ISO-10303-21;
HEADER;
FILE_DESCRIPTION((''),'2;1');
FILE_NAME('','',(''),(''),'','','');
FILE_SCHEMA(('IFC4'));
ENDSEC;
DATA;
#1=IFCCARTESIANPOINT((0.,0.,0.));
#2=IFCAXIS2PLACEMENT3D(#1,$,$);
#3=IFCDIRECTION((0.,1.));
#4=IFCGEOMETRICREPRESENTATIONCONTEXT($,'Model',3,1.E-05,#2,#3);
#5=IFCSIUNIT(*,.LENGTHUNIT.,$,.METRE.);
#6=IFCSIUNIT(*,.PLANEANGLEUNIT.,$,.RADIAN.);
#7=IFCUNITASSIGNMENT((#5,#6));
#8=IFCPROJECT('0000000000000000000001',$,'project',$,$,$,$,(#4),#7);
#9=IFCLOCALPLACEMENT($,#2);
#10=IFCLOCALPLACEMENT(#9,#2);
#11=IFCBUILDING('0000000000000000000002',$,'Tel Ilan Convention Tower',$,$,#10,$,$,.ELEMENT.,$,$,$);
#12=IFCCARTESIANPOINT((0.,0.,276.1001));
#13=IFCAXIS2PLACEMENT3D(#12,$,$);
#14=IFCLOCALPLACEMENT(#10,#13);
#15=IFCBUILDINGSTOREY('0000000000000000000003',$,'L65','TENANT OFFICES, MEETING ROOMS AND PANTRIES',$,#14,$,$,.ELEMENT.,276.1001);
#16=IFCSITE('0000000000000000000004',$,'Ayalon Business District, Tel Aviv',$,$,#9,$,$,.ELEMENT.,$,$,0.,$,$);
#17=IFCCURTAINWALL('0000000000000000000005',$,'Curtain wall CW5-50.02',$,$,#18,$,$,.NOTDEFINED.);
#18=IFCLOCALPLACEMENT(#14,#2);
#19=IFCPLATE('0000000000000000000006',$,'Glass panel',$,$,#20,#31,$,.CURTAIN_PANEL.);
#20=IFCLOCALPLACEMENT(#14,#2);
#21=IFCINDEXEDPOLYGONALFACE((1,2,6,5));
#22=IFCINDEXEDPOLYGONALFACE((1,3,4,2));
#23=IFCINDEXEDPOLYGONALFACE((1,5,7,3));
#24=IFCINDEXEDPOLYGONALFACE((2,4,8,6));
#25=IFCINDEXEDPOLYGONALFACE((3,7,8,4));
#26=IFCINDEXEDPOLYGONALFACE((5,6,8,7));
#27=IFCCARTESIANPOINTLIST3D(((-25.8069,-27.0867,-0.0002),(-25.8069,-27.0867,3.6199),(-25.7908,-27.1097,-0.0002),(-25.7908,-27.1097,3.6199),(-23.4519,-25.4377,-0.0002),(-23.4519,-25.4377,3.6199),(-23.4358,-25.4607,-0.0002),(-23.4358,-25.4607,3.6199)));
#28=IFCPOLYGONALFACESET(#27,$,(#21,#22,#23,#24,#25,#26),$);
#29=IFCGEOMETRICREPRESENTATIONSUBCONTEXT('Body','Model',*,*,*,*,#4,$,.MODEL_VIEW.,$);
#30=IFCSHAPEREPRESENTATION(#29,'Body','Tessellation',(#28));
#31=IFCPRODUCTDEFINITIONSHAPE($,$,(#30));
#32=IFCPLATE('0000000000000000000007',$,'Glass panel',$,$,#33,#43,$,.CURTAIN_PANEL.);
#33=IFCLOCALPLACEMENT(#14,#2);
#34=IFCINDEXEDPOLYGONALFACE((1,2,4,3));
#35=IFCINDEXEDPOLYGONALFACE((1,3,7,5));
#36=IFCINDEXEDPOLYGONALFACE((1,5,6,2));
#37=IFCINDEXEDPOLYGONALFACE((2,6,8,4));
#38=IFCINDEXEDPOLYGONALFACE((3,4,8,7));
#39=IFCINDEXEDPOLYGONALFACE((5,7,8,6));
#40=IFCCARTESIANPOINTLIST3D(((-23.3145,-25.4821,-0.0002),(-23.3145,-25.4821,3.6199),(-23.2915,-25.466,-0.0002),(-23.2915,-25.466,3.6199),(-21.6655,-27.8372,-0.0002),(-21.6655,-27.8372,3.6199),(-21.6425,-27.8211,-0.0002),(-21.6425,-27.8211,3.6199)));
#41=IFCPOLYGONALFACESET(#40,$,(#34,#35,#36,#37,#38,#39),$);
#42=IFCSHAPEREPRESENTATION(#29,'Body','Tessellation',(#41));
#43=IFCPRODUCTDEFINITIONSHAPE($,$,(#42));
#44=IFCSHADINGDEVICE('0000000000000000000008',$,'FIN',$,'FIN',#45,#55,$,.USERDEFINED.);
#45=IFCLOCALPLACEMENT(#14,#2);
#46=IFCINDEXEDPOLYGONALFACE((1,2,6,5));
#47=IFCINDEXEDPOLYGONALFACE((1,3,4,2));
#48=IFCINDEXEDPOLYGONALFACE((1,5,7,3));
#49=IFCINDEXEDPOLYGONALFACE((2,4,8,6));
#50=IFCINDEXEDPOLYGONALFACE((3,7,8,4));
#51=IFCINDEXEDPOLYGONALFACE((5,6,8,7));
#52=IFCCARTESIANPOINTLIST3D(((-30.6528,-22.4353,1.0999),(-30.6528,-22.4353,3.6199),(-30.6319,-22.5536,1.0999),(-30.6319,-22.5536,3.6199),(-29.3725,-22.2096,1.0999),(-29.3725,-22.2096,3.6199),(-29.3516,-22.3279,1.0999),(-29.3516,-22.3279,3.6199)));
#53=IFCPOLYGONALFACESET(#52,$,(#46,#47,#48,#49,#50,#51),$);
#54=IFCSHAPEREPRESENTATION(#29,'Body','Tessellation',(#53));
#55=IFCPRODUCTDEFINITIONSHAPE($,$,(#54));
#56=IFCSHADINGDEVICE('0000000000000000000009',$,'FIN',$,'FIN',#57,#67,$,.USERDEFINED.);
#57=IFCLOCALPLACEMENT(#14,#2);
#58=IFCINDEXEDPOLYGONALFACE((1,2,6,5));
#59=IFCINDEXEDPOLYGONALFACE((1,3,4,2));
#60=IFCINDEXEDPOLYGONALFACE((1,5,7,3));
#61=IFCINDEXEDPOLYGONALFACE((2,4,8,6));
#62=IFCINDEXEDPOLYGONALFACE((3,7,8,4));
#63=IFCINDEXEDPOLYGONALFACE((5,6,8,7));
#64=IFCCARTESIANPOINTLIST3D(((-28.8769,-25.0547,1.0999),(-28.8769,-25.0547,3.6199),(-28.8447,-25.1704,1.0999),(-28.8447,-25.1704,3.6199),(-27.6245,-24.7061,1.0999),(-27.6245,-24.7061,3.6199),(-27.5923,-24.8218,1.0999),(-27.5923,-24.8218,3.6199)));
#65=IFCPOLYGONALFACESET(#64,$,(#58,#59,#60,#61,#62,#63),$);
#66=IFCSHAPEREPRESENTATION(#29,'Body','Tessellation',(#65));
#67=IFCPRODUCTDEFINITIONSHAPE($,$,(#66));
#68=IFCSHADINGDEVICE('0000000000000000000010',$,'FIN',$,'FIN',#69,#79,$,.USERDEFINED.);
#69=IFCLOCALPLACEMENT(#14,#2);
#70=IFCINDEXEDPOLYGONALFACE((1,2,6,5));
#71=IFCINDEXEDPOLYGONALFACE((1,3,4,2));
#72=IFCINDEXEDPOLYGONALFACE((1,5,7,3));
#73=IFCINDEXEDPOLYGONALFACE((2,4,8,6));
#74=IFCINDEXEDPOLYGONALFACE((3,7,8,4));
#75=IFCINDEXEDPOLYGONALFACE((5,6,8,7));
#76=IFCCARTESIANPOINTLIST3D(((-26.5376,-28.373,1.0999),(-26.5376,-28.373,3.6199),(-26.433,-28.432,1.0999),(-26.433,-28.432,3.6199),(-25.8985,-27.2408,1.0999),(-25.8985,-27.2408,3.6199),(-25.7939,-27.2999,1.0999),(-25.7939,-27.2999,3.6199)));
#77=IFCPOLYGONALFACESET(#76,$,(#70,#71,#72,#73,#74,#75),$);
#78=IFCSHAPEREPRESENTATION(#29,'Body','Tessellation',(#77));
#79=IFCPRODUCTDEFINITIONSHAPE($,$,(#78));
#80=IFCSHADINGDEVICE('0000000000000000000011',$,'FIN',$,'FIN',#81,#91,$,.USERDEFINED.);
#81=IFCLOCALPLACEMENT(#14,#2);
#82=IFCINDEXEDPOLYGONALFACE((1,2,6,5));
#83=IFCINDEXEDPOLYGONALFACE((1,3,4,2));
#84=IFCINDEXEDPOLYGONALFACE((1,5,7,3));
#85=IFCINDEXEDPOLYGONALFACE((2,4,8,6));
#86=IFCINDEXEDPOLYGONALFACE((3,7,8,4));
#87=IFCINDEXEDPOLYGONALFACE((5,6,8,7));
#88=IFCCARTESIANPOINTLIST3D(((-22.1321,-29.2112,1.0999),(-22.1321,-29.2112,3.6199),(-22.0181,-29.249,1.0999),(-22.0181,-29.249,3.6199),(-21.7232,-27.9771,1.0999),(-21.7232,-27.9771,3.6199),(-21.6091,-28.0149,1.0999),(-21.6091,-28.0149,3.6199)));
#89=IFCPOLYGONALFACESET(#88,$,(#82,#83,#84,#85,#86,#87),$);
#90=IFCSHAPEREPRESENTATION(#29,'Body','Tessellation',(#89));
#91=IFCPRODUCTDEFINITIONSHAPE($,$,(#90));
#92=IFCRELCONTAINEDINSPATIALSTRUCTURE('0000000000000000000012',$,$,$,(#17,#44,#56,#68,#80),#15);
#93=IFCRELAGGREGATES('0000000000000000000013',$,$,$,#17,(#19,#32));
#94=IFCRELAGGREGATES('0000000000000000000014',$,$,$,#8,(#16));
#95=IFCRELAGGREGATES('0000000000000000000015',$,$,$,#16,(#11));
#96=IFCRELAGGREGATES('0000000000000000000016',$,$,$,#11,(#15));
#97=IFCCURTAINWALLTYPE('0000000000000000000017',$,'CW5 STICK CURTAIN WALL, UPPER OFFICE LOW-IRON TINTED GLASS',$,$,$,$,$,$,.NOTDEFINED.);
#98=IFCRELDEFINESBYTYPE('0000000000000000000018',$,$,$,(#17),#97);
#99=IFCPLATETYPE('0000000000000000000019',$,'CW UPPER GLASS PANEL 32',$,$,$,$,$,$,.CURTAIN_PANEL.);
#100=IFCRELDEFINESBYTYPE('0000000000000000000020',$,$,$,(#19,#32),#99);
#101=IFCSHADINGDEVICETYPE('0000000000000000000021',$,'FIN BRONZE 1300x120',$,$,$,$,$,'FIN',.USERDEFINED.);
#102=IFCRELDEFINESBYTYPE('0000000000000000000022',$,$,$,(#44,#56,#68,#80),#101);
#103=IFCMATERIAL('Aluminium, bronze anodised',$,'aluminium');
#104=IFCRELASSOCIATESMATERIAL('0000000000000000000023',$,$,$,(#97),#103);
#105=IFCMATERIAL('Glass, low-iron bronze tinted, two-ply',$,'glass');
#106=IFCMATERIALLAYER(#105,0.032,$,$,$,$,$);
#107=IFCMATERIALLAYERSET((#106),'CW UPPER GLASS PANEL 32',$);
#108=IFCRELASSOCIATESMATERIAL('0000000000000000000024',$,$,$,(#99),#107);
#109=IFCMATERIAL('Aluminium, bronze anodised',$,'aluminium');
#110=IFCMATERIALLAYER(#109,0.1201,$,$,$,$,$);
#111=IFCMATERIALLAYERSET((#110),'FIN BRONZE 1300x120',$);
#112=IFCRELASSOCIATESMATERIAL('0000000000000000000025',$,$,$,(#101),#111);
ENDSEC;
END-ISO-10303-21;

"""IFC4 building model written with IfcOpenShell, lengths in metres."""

from ifc_helpers import new_model, si_unit, direction, frame, origin, origin_2d, place, context, subcontext, project, spatial, rectangle, extrude, material, layer, layer_set, type_object, element, aggregate, save


model = new_model("IFC4")

# Units and contexts
model_context = context("Model", 3, precision=1e-05, world=origin(), true_north=direction((0.0, 1.0)))
body_context = subcontext(model_context, "Body", "Model", "MODEL_VIEW")
ifc_project = project(units=[si_unit("LENGTHUNIT", "METRE"), si_unit("PLANEANGLEUNIT", "RADIAN")], contexts=[model_context])

# Site, building, storey
site_placement = place(None, origin())
site = spatial("IfcSite", under=ifc_project, at=site_placement, Name="Ayalon Business District, Tel Aviv", CompositionType="ELEMENT", RefElevation=0.0)
building_placement = place(site_placement, origin())
building = spatial("IfcBuilding", under=site, at=building_placement, Name="Tel Ilan Convention Tower", CompositionType="ELEMENT")
storey_placement = place(building_placement, frame((0.0, 0.0, 276.1001)))
storey = spatial("IfcBuildingStorey", under=building, at=storey_placement, Name="L65", Description="TENANT OFFICES, MEETING ROOMS AND PANTRIES", CompositionType="ELEMENT", Elevation=276.1001)

# Curtain wall, plates
ifc_material_1 = material(Name="Aluminium, bronze anodised", Category="aluminium")
curtain_wall_type = type_object("IfcCurtainWallType", Name="CW5 STICK CURTAIN WALL, UPPER OFFICE LOW-IRON TINTED GLASS", PredefinedType="NOTDEFINED", material=ifc_material_1)
curtain_wall_placement = place(storey_placement, origin())
curtain_wall = element("IfcCurtainWall", 1, at=curtain_wall_placement, inside=storey, type_object=curtain_wall_type, Name="Curtain wall CW5-50.02", PredefinedType="NOTDEFINED")
ifc_material_2 = material(Name="Glass, low-iron bronze tinted, two-ply", Category="glass")
ifc_layer_1 = layer(ifc_material_2, 0.032)
ifc_layer_set_1 = layer_set([ifc_layer_1], Name="CW UPPER GLASS PANEL 32")
plate_type = type_object("IfcPlateType", Name="CW UPPER GLASS PANEL 32", PredefinedType="CURTAIN_PANEL", material=ifc_layer_set_1)
plate_1_placement = place(storey_placement, frame((-24.6213, -26.2737, -0.0002), z_axis=(0.0, 0.0, 1.0), x_axis=(0.819152, 0.573576, 0.0)))
plate_1 = element("IfcPlate", 2, at=plate_1_placement, type_object=plate_type, Name="Glass panel", PredefinedType="CURTAIN_PANEL", context=body_context, shape_type="SweptSolid", body=[
    extrude(rectangle(XDim=2.875, YDim=0.0281, at=origin_2d()), origin(), (0.0, 0.0, 1.0), 3.6201),
])
plate_2_placement = place(storey_placement, frame((-22.4785, -26.6516, -0.0002), z_axis=(0.0, 0.0, 1.0), x_axis=(0.573576, -0.819152, 0.0)))
plate_2 = element("IfcPlate", 3, at=plate_2_placement, type_object=plate_type, Name="Glass panel", PredefinedType="CURTAIN_PANEL", context=body_context, shape_type="SweptSolid", body=[
    extrude(rectangle(XDim=2.875, YDim=0.0281, at=origin_2d()), origin(), (0.0, 0.0, 1.0), 3.6201),
])
aggregate(curtain_wall, [plate_1, plate_2])

# Shading devices
ifc_material_3 = material(Name="Aluminium, bronze anodised", Category="aluminium")
ifc_layer_2 = layer(ifc_material_3, 0.1201)
ifc_layer_set_2 = layer_set([ifc_layer_2], Name="FIN BRONZE 1300x120")
shading_device_type = type_object("IfcShadingDeviceType", Name="FIN BRONZE 1300x120", ElementType="FIN", PredefinedType="USERDEFINED", material=ifc_layer_set_2)
for number, where, z_axis, x_axis, name in (
    (4, (-30.0022, -22.3816, 1.0999), (0.0, 0.0, 1.0), (-0.984808, -0.173648, 0.0), "FIN"),
    (5, (-28.2346, -24.9382, 1.0999), (0.0, 0.0, 1.0), (-0.963371, -0.268173, 0.0), "FIN"),
    (6, (-26.1658, -27.8364, 1.0999), (0.0, 0.0, 1.0), (-0.491579, -0.870833, 0.0), "FIN"),
    (7, (-21.8706, -28.613, 1.0999), (0.0, 0.0, 1.0), (-0.314545, -0.949243, 0.0), "FIN"),
):
    element("IfcShadingDevice", number, at=place(storey_placement, frame(where, z_axis=z_axis, x_axis=x_axis)), inside=storey, type_object=shading_device_type, Name=name, ObjectType="FIN", PredefinedType="USERDEFINED", context=body_context, shape_type="SweptSolid", body=[
        extrude(rectangle(XDim=1.3, YDim=0.1201, at=origin_2d()), origin(), (0.0, 0.0, 1.0), 2.52),
    ])

save(model, "model.ifc")
